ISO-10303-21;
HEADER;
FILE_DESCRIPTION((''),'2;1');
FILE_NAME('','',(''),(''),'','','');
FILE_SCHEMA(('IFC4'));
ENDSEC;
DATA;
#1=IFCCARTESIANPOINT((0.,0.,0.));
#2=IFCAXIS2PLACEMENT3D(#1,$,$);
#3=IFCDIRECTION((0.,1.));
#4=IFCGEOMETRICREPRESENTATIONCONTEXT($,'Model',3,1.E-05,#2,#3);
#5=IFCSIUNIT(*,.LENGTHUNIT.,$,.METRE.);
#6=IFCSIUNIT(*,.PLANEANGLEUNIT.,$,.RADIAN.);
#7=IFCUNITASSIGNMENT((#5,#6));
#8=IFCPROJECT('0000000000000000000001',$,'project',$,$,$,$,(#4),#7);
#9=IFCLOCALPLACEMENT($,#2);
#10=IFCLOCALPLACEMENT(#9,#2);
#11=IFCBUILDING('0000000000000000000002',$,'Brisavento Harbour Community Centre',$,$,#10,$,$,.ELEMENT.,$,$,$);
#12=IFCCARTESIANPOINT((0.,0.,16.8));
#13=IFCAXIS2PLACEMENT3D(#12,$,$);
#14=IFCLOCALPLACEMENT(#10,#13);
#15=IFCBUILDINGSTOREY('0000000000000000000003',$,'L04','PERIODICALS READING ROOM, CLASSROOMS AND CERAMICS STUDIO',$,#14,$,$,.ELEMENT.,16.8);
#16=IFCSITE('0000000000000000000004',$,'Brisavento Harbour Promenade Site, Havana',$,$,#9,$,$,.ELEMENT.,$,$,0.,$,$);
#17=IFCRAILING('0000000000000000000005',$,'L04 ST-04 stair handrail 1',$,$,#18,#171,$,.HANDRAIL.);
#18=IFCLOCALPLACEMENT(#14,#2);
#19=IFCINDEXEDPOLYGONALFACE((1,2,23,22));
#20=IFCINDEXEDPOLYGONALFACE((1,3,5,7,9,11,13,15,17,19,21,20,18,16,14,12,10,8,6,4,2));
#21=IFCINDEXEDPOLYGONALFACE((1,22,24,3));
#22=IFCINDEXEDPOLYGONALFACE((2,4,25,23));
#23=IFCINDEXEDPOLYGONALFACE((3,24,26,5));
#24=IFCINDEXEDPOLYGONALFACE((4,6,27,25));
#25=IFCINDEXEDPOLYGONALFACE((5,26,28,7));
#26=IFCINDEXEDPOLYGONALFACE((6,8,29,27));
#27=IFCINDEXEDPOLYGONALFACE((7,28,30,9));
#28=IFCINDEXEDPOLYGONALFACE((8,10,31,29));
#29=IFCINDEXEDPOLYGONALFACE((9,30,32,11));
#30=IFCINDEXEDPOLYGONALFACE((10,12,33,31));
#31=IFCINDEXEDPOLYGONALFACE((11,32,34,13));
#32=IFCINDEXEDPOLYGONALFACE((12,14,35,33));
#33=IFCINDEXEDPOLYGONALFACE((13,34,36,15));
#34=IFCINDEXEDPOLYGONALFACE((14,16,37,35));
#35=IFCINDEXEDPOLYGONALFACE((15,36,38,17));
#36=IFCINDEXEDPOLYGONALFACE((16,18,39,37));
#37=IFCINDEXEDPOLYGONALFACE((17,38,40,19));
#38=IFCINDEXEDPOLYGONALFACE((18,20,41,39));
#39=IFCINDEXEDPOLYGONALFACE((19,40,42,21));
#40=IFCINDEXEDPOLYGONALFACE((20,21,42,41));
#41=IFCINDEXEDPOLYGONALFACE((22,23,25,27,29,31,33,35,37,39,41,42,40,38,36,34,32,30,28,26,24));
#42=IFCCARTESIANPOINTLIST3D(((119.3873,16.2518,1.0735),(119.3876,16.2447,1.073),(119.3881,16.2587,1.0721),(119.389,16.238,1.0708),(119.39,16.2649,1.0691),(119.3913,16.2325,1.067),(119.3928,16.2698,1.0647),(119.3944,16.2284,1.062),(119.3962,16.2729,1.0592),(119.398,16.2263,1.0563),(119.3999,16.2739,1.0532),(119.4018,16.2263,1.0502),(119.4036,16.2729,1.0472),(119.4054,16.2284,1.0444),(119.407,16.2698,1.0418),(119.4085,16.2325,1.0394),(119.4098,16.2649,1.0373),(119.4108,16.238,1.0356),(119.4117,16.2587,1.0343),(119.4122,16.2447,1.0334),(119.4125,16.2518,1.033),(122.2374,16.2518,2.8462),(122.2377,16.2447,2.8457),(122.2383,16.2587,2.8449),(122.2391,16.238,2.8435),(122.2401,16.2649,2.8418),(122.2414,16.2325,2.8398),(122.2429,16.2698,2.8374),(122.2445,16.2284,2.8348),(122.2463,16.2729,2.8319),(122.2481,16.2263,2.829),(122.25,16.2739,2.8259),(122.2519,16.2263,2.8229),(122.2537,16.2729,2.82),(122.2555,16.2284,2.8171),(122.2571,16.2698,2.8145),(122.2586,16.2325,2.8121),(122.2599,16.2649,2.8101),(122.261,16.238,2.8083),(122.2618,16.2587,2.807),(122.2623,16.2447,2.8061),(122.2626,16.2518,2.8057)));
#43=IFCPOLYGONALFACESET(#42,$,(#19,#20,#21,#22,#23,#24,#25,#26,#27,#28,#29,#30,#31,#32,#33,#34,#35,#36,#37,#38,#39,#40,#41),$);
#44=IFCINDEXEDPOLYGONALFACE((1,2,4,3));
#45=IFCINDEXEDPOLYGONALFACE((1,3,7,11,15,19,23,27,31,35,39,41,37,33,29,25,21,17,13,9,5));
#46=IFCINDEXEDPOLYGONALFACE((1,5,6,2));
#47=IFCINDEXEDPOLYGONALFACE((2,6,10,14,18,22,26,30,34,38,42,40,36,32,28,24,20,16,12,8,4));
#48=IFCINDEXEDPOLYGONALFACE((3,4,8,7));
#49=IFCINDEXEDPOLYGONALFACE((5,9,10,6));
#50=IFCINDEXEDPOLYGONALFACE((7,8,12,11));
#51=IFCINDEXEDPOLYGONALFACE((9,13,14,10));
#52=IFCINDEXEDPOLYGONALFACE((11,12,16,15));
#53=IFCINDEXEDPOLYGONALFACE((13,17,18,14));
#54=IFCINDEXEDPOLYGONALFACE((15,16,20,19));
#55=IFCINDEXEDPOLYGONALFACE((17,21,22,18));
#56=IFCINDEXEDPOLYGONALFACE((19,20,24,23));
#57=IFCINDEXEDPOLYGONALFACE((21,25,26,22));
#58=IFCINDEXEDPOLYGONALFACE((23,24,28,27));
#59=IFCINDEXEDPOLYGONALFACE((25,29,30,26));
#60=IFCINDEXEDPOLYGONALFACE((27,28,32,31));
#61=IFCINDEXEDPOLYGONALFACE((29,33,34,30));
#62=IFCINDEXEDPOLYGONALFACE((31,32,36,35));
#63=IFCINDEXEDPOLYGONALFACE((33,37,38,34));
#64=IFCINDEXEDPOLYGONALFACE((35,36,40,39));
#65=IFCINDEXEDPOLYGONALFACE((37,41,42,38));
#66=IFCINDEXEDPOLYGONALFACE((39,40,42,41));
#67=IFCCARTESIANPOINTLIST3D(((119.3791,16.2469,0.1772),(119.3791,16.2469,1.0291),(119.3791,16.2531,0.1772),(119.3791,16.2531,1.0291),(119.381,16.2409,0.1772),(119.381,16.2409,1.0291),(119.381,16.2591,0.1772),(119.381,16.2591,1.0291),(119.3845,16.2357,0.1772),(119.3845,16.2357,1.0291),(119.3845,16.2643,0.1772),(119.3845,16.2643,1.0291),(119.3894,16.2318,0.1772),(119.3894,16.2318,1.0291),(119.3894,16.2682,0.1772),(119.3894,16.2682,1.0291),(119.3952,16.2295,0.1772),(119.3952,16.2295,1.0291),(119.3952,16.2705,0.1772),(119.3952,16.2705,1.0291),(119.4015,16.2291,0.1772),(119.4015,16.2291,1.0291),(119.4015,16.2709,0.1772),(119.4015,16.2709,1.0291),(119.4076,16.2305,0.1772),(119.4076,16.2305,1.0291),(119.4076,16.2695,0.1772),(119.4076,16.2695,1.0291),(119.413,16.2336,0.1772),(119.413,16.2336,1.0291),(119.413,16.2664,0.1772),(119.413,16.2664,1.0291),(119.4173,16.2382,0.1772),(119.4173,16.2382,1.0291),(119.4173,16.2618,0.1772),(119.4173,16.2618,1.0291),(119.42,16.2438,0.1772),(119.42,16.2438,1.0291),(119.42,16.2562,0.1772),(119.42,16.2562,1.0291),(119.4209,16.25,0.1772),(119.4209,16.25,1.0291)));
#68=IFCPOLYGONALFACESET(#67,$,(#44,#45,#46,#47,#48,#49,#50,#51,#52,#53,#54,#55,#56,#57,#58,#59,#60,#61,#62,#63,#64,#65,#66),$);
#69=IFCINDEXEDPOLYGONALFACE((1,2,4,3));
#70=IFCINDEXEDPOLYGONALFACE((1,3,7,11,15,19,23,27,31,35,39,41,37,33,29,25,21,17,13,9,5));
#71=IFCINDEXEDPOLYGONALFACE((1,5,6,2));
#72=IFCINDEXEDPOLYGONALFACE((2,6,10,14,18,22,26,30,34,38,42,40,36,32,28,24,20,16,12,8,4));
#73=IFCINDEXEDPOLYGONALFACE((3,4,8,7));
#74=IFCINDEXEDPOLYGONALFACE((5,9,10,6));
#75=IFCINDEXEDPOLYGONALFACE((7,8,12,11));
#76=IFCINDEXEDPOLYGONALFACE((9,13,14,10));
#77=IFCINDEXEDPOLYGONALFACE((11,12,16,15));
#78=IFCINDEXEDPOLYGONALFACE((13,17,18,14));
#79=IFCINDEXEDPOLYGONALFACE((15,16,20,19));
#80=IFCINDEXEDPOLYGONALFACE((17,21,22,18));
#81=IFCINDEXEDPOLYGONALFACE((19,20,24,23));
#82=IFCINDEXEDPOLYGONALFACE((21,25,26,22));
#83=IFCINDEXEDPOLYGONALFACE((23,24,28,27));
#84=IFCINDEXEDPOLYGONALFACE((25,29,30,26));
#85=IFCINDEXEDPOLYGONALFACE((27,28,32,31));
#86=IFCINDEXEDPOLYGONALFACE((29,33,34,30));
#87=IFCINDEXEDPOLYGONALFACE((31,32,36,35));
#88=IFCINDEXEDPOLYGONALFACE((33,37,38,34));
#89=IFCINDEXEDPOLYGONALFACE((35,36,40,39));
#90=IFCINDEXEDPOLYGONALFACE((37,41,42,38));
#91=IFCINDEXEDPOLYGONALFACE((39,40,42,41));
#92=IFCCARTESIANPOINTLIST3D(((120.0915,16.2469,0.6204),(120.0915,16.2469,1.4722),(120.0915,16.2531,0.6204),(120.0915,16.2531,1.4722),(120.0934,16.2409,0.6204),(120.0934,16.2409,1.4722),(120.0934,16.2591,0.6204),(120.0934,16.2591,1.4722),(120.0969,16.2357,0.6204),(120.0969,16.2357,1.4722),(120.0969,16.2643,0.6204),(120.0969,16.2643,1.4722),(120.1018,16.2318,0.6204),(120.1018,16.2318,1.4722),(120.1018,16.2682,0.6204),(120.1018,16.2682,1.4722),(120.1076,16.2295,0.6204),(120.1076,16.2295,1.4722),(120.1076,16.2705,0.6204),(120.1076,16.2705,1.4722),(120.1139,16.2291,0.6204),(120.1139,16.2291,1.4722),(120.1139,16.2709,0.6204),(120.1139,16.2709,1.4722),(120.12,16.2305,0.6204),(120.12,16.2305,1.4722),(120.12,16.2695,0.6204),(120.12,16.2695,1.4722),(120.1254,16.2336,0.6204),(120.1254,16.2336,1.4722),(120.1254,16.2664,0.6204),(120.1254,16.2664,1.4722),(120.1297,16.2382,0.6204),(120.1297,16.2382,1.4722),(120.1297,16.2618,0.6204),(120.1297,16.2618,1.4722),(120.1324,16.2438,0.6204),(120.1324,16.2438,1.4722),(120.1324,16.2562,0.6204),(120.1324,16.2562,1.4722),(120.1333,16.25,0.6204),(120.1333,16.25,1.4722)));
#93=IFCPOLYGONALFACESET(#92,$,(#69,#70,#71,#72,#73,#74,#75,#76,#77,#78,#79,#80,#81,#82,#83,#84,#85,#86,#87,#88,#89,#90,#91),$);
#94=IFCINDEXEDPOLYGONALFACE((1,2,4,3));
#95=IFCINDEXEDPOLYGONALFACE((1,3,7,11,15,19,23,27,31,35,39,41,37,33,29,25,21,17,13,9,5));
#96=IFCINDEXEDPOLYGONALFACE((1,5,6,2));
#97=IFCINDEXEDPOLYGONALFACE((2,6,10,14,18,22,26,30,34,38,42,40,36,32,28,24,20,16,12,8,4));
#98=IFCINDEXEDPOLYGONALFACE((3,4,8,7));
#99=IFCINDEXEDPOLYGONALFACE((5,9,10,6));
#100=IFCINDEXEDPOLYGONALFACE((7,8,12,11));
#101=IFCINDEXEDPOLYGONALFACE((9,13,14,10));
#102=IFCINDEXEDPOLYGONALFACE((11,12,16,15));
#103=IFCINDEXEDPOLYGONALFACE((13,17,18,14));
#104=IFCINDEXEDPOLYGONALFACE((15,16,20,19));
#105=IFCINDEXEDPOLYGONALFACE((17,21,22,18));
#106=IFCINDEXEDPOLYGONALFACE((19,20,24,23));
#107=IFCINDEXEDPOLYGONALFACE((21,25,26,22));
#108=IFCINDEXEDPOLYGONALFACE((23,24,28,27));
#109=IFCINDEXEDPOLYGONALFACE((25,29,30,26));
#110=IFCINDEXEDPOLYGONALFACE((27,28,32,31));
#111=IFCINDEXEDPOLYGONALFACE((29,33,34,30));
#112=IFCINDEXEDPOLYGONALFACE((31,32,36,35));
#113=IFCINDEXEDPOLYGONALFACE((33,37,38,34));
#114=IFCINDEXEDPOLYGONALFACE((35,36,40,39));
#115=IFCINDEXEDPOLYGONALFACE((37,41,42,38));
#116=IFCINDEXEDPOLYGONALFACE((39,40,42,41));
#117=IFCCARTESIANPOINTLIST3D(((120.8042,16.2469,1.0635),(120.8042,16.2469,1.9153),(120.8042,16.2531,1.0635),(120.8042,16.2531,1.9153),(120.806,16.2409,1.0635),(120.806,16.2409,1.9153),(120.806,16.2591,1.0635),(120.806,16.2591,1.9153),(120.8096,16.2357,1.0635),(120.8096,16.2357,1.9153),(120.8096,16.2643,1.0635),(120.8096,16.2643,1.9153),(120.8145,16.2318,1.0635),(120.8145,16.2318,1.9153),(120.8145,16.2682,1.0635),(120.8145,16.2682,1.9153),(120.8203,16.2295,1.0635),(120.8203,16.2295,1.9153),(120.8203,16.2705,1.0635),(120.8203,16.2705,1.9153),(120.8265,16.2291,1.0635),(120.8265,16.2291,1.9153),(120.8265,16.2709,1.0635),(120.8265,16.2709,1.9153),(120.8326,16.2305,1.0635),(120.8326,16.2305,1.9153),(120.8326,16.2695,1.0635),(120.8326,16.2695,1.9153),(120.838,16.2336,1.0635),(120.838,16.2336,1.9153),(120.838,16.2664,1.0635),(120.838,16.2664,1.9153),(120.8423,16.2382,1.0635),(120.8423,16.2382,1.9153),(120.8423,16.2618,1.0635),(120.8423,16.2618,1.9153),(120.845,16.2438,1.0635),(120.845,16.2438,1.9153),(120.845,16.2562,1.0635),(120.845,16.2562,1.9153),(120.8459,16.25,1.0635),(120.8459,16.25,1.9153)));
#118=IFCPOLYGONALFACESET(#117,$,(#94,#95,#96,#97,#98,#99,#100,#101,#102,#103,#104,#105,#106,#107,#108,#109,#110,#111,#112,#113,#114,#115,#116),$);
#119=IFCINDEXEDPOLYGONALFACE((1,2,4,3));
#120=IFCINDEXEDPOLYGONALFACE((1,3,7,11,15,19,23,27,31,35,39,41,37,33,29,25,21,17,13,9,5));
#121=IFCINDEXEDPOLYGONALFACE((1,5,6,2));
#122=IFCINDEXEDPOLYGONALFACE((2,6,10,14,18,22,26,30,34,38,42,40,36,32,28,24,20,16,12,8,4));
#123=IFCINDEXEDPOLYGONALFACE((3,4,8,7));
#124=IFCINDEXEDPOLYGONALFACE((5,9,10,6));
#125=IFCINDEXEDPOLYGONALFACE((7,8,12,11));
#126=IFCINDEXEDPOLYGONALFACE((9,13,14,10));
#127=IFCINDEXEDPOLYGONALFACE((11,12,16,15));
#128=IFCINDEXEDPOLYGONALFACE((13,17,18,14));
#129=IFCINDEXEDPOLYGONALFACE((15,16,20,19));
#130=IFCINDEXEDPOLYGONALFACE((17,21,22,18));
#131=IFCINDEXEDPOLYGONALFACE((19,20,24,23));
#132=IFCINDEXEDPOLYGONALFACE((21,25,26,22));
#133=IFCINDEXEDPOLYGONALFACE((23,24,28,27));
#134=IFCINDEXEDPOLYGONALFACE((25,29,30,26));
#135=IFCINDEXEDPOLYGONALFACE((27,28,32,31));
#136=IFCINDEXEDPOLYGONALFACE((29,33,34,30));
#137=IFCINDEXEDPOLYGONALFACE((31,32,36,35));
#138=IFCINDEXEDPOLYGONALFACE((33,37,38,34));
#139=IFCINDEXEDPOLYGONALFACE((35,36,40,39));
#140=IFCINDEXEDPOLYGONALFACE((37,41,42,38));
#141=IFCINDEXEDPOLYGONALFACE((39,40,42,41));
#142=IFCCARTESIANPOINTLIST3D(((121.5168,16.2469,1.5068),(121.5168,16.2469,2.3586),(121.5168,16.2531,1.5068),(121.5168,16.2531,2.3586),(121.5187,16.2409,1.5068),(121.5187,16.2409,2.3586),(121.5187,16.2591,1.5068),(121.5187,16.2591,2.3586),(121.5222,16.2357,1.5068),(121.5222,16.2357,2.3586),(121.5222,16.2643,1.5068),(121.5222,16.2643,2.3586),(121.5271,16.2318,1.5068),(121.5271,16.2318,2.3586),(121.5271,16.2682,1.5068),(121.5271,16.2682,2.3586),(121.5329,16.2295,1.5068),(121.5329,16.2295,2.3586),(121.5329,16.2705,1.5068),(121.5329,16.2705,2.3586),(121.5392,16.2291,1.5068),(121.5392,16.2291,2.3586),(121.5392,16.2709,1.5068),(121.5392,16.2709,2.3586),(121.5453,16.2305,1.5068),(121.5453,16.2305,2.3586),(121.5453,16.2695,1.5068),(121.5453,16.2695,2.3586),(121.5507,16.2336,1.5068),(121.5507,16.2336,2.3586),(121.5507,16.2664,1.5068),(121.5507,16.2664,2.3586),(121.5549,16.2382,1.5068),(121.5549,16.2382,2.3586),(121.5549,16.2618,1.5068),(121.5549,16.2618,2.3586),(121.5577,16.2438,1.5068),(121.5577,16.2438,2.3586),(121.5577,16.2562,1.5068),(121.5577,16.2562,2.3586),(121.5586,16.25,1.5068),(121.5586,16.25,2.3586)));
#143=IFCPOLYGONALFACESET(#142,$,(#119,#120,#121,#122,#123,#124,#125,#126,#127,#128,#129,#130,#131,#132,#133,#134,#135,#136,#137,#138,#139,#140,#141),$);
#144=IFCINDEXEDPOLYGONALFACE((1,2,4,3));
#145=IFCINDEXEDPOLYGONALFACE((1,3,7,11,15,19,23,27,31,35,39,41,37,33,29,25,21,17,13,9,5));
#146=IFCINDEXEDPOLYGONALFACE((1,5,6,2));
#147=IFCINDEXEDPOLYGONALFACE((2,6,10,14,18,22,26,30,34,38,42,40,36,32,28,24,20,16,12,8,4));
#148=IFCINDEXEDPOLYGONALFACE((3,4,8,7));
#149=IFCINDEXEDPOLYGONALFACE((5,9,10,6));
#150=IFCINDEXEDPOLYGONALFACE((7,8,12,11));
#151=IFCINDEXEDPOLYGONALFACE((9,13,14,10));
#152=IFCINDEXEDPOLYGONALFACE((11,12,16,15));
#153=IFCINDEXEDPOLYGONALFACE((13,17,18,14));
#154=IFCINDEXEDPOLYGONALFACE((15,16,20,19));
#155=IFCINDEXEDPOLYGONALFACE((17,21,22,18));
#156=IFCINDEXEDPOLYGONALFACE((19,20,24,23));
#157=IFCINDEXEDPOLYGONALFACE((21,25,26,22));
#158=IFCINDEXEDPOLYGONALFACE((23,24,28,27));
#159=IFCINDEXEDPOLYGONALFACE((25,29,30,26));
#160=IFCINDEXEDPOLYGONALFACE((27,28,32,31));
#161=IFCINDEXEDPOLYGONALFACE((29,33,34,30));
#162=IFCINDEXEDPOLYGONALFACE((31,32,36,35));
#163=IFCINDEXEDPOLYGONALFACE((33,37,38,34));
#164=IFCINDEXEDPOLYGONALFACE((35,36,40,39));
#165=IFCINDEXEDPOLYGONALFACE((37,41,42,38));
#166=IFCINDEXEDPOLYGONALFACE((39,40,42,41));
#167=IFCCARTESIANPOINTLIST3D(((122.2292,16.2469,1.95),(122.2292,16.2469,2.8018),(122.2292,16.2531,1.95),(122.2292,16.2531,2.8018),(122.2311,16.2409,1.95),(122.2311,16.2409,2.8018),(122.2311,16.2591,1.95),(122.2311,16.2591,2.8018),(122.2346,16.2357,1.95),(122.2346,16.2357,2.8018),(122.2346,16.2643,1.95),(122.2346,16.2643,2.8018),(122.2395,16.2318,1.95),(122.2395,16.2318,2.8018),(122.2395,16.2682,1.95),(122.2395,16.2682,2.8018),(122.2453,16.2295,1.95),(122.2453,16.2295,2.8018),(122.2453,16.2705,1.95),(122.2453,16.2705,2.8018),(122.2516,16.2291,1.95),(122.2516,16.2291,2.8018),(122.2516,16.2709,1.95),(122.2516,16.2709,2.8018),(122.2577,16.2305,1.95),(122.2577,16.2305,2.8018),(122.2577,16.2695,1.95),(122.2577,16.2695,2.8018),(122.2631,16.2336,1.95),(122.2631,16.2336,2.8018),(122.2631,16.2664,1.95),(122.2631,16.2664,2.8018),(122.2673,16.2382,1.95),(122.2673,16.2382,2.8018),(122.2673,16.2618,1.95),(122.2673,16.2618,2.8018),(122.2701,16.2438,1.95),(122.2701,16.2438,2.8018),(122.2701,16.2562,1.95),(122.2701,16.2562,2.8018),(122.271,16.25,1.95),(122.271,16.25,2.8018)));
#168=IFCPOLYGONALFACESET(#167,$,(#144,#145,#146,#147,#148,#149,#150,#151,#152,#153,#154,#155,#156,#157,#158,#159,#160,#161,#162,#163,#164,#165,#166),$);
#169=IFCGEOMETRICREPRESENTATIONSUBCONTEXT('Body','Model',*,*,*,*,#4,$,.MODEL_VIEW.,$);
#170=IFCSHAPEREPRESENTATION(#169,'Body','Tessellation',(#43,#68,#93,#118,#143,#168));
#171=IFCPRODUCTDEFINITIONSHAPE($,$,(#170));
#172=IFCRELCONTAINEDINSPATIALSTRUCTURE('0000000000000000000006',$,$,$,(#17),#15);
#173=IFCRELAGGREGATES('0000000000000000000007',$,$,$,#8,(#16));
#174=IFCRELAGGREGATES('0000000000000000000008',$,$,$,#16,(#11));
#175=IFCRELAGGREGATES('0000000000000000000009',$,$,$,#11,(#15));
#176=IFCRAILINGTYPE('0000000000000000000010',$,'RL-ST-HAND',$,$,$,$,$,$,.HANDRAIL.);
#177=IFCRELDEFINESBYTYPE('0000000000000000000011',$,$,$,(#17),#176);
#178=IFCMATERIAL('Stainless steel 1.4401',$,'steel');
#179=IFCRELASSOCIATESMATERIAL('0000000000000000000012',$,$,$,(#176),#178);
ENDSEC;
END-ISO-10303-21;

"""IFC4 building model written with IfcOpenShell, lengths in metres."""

from ifc_helpers import new_model, si_unit, direction, frame, origin, origin_2d, place, context, subcontext, project, spatial, circle, extrude, material, type_object, element, save


model = new_model("IFC4")

# Units and contexts
model_context = context("Model", 3, precision=1e-05, world=origin(), true_north=direction((0.0, 1.0)))
body_context = subcontext(model_context, "Body", "Model", "MODEL_VIEW")
ifc_project = project(units=[si_unit("LENGTHUNIT", "METRE"), si_unit("PLANEANGLEUNIT", "RADIAN")], contexts=[model_context])

# Site, building, storey
site_placement = place(None, origin())
site = spatial("IfcSite", under=ifc_project, at=site_placement, Name="Brisavento Harbour Promenade Site, Havana", CompositionType="ELEMENT", RefElevation=0.0)
building_placement = place(site_placement, origin())
building = spatial("IfcBuilding", under=site, at=building_placement, Name="Brisavento Harbour Community Centre", CompositionType="ELEMENT")
storey_placement = place(building_placement, frame((0.0, 0.0, 16.8)))
storey = spatial("IfcBuildingStorey", under=building, at=storey_placement, Name="L04", Description="PERIODICALS READING ROOM, CLASSROOMS AND CERAMICS STUDIO", CompositionType="ELEMENT", Elevation=16.8)

# Shared definitions
ifc_material_1 = material(Name="Stainless steel 1.4401", Category="steel")

# Railing
railing_type_1 = type_object("IfcRailingType", Name="RL-ST-HAND", PredefinedType="HANDRAIL", material=ifc_material_1)
railing_1_placement = place(storey_placement, frame((119.3999, 16.25, 0.1772)))
element("IfcRailing", 1, at=railing_1_placement, inside=storey, type_object=railing_type_1, Name="L04 ST-04 stair handrail 1", PredefinedType="HANDRAIL", context=body_context, shape_type="SweptSolid", body=[
    extrude(circle(Radius=0.0239, at=origin_2d()), frame((0.0, 0.0, 0.876), z_axis=(0.849149, 0.0, 0.528154), x_axis=(0.0, 1.0, 0.0)), (0.0, 0.0, 1.0), 3.3564),
    extrude(circle(Radius=0.021, at=origin_2d()), origin(), (0.0, 0.0, 1.0), 0.8518),
    extrude(circle(Radius=0.021, at=origin_2d()), frame((0.7124, 0.0, 0.4431)), (0.0, 0.0, 1.0), 0.8518),
    extrude(circle(Radius=0.021, at=origin_2d()), frame((1.425, 0.0, 0.8862)), (0.0, 0.0, 1.0), 0.8518),
    extrude(circle(Radius=0.021, at=origin_2d()), frame((2.1377, 0.0, 1.3296)), (0.0, 0.0, 1.0), 0.8518),
    extrude(circle(Radius=0.021, at=origin_2d()), frame((2.8501, 0.0, 1.7727)), (0.0, 0.0, 1.0), 0.8518),
])

save(model, "model.ifc")
